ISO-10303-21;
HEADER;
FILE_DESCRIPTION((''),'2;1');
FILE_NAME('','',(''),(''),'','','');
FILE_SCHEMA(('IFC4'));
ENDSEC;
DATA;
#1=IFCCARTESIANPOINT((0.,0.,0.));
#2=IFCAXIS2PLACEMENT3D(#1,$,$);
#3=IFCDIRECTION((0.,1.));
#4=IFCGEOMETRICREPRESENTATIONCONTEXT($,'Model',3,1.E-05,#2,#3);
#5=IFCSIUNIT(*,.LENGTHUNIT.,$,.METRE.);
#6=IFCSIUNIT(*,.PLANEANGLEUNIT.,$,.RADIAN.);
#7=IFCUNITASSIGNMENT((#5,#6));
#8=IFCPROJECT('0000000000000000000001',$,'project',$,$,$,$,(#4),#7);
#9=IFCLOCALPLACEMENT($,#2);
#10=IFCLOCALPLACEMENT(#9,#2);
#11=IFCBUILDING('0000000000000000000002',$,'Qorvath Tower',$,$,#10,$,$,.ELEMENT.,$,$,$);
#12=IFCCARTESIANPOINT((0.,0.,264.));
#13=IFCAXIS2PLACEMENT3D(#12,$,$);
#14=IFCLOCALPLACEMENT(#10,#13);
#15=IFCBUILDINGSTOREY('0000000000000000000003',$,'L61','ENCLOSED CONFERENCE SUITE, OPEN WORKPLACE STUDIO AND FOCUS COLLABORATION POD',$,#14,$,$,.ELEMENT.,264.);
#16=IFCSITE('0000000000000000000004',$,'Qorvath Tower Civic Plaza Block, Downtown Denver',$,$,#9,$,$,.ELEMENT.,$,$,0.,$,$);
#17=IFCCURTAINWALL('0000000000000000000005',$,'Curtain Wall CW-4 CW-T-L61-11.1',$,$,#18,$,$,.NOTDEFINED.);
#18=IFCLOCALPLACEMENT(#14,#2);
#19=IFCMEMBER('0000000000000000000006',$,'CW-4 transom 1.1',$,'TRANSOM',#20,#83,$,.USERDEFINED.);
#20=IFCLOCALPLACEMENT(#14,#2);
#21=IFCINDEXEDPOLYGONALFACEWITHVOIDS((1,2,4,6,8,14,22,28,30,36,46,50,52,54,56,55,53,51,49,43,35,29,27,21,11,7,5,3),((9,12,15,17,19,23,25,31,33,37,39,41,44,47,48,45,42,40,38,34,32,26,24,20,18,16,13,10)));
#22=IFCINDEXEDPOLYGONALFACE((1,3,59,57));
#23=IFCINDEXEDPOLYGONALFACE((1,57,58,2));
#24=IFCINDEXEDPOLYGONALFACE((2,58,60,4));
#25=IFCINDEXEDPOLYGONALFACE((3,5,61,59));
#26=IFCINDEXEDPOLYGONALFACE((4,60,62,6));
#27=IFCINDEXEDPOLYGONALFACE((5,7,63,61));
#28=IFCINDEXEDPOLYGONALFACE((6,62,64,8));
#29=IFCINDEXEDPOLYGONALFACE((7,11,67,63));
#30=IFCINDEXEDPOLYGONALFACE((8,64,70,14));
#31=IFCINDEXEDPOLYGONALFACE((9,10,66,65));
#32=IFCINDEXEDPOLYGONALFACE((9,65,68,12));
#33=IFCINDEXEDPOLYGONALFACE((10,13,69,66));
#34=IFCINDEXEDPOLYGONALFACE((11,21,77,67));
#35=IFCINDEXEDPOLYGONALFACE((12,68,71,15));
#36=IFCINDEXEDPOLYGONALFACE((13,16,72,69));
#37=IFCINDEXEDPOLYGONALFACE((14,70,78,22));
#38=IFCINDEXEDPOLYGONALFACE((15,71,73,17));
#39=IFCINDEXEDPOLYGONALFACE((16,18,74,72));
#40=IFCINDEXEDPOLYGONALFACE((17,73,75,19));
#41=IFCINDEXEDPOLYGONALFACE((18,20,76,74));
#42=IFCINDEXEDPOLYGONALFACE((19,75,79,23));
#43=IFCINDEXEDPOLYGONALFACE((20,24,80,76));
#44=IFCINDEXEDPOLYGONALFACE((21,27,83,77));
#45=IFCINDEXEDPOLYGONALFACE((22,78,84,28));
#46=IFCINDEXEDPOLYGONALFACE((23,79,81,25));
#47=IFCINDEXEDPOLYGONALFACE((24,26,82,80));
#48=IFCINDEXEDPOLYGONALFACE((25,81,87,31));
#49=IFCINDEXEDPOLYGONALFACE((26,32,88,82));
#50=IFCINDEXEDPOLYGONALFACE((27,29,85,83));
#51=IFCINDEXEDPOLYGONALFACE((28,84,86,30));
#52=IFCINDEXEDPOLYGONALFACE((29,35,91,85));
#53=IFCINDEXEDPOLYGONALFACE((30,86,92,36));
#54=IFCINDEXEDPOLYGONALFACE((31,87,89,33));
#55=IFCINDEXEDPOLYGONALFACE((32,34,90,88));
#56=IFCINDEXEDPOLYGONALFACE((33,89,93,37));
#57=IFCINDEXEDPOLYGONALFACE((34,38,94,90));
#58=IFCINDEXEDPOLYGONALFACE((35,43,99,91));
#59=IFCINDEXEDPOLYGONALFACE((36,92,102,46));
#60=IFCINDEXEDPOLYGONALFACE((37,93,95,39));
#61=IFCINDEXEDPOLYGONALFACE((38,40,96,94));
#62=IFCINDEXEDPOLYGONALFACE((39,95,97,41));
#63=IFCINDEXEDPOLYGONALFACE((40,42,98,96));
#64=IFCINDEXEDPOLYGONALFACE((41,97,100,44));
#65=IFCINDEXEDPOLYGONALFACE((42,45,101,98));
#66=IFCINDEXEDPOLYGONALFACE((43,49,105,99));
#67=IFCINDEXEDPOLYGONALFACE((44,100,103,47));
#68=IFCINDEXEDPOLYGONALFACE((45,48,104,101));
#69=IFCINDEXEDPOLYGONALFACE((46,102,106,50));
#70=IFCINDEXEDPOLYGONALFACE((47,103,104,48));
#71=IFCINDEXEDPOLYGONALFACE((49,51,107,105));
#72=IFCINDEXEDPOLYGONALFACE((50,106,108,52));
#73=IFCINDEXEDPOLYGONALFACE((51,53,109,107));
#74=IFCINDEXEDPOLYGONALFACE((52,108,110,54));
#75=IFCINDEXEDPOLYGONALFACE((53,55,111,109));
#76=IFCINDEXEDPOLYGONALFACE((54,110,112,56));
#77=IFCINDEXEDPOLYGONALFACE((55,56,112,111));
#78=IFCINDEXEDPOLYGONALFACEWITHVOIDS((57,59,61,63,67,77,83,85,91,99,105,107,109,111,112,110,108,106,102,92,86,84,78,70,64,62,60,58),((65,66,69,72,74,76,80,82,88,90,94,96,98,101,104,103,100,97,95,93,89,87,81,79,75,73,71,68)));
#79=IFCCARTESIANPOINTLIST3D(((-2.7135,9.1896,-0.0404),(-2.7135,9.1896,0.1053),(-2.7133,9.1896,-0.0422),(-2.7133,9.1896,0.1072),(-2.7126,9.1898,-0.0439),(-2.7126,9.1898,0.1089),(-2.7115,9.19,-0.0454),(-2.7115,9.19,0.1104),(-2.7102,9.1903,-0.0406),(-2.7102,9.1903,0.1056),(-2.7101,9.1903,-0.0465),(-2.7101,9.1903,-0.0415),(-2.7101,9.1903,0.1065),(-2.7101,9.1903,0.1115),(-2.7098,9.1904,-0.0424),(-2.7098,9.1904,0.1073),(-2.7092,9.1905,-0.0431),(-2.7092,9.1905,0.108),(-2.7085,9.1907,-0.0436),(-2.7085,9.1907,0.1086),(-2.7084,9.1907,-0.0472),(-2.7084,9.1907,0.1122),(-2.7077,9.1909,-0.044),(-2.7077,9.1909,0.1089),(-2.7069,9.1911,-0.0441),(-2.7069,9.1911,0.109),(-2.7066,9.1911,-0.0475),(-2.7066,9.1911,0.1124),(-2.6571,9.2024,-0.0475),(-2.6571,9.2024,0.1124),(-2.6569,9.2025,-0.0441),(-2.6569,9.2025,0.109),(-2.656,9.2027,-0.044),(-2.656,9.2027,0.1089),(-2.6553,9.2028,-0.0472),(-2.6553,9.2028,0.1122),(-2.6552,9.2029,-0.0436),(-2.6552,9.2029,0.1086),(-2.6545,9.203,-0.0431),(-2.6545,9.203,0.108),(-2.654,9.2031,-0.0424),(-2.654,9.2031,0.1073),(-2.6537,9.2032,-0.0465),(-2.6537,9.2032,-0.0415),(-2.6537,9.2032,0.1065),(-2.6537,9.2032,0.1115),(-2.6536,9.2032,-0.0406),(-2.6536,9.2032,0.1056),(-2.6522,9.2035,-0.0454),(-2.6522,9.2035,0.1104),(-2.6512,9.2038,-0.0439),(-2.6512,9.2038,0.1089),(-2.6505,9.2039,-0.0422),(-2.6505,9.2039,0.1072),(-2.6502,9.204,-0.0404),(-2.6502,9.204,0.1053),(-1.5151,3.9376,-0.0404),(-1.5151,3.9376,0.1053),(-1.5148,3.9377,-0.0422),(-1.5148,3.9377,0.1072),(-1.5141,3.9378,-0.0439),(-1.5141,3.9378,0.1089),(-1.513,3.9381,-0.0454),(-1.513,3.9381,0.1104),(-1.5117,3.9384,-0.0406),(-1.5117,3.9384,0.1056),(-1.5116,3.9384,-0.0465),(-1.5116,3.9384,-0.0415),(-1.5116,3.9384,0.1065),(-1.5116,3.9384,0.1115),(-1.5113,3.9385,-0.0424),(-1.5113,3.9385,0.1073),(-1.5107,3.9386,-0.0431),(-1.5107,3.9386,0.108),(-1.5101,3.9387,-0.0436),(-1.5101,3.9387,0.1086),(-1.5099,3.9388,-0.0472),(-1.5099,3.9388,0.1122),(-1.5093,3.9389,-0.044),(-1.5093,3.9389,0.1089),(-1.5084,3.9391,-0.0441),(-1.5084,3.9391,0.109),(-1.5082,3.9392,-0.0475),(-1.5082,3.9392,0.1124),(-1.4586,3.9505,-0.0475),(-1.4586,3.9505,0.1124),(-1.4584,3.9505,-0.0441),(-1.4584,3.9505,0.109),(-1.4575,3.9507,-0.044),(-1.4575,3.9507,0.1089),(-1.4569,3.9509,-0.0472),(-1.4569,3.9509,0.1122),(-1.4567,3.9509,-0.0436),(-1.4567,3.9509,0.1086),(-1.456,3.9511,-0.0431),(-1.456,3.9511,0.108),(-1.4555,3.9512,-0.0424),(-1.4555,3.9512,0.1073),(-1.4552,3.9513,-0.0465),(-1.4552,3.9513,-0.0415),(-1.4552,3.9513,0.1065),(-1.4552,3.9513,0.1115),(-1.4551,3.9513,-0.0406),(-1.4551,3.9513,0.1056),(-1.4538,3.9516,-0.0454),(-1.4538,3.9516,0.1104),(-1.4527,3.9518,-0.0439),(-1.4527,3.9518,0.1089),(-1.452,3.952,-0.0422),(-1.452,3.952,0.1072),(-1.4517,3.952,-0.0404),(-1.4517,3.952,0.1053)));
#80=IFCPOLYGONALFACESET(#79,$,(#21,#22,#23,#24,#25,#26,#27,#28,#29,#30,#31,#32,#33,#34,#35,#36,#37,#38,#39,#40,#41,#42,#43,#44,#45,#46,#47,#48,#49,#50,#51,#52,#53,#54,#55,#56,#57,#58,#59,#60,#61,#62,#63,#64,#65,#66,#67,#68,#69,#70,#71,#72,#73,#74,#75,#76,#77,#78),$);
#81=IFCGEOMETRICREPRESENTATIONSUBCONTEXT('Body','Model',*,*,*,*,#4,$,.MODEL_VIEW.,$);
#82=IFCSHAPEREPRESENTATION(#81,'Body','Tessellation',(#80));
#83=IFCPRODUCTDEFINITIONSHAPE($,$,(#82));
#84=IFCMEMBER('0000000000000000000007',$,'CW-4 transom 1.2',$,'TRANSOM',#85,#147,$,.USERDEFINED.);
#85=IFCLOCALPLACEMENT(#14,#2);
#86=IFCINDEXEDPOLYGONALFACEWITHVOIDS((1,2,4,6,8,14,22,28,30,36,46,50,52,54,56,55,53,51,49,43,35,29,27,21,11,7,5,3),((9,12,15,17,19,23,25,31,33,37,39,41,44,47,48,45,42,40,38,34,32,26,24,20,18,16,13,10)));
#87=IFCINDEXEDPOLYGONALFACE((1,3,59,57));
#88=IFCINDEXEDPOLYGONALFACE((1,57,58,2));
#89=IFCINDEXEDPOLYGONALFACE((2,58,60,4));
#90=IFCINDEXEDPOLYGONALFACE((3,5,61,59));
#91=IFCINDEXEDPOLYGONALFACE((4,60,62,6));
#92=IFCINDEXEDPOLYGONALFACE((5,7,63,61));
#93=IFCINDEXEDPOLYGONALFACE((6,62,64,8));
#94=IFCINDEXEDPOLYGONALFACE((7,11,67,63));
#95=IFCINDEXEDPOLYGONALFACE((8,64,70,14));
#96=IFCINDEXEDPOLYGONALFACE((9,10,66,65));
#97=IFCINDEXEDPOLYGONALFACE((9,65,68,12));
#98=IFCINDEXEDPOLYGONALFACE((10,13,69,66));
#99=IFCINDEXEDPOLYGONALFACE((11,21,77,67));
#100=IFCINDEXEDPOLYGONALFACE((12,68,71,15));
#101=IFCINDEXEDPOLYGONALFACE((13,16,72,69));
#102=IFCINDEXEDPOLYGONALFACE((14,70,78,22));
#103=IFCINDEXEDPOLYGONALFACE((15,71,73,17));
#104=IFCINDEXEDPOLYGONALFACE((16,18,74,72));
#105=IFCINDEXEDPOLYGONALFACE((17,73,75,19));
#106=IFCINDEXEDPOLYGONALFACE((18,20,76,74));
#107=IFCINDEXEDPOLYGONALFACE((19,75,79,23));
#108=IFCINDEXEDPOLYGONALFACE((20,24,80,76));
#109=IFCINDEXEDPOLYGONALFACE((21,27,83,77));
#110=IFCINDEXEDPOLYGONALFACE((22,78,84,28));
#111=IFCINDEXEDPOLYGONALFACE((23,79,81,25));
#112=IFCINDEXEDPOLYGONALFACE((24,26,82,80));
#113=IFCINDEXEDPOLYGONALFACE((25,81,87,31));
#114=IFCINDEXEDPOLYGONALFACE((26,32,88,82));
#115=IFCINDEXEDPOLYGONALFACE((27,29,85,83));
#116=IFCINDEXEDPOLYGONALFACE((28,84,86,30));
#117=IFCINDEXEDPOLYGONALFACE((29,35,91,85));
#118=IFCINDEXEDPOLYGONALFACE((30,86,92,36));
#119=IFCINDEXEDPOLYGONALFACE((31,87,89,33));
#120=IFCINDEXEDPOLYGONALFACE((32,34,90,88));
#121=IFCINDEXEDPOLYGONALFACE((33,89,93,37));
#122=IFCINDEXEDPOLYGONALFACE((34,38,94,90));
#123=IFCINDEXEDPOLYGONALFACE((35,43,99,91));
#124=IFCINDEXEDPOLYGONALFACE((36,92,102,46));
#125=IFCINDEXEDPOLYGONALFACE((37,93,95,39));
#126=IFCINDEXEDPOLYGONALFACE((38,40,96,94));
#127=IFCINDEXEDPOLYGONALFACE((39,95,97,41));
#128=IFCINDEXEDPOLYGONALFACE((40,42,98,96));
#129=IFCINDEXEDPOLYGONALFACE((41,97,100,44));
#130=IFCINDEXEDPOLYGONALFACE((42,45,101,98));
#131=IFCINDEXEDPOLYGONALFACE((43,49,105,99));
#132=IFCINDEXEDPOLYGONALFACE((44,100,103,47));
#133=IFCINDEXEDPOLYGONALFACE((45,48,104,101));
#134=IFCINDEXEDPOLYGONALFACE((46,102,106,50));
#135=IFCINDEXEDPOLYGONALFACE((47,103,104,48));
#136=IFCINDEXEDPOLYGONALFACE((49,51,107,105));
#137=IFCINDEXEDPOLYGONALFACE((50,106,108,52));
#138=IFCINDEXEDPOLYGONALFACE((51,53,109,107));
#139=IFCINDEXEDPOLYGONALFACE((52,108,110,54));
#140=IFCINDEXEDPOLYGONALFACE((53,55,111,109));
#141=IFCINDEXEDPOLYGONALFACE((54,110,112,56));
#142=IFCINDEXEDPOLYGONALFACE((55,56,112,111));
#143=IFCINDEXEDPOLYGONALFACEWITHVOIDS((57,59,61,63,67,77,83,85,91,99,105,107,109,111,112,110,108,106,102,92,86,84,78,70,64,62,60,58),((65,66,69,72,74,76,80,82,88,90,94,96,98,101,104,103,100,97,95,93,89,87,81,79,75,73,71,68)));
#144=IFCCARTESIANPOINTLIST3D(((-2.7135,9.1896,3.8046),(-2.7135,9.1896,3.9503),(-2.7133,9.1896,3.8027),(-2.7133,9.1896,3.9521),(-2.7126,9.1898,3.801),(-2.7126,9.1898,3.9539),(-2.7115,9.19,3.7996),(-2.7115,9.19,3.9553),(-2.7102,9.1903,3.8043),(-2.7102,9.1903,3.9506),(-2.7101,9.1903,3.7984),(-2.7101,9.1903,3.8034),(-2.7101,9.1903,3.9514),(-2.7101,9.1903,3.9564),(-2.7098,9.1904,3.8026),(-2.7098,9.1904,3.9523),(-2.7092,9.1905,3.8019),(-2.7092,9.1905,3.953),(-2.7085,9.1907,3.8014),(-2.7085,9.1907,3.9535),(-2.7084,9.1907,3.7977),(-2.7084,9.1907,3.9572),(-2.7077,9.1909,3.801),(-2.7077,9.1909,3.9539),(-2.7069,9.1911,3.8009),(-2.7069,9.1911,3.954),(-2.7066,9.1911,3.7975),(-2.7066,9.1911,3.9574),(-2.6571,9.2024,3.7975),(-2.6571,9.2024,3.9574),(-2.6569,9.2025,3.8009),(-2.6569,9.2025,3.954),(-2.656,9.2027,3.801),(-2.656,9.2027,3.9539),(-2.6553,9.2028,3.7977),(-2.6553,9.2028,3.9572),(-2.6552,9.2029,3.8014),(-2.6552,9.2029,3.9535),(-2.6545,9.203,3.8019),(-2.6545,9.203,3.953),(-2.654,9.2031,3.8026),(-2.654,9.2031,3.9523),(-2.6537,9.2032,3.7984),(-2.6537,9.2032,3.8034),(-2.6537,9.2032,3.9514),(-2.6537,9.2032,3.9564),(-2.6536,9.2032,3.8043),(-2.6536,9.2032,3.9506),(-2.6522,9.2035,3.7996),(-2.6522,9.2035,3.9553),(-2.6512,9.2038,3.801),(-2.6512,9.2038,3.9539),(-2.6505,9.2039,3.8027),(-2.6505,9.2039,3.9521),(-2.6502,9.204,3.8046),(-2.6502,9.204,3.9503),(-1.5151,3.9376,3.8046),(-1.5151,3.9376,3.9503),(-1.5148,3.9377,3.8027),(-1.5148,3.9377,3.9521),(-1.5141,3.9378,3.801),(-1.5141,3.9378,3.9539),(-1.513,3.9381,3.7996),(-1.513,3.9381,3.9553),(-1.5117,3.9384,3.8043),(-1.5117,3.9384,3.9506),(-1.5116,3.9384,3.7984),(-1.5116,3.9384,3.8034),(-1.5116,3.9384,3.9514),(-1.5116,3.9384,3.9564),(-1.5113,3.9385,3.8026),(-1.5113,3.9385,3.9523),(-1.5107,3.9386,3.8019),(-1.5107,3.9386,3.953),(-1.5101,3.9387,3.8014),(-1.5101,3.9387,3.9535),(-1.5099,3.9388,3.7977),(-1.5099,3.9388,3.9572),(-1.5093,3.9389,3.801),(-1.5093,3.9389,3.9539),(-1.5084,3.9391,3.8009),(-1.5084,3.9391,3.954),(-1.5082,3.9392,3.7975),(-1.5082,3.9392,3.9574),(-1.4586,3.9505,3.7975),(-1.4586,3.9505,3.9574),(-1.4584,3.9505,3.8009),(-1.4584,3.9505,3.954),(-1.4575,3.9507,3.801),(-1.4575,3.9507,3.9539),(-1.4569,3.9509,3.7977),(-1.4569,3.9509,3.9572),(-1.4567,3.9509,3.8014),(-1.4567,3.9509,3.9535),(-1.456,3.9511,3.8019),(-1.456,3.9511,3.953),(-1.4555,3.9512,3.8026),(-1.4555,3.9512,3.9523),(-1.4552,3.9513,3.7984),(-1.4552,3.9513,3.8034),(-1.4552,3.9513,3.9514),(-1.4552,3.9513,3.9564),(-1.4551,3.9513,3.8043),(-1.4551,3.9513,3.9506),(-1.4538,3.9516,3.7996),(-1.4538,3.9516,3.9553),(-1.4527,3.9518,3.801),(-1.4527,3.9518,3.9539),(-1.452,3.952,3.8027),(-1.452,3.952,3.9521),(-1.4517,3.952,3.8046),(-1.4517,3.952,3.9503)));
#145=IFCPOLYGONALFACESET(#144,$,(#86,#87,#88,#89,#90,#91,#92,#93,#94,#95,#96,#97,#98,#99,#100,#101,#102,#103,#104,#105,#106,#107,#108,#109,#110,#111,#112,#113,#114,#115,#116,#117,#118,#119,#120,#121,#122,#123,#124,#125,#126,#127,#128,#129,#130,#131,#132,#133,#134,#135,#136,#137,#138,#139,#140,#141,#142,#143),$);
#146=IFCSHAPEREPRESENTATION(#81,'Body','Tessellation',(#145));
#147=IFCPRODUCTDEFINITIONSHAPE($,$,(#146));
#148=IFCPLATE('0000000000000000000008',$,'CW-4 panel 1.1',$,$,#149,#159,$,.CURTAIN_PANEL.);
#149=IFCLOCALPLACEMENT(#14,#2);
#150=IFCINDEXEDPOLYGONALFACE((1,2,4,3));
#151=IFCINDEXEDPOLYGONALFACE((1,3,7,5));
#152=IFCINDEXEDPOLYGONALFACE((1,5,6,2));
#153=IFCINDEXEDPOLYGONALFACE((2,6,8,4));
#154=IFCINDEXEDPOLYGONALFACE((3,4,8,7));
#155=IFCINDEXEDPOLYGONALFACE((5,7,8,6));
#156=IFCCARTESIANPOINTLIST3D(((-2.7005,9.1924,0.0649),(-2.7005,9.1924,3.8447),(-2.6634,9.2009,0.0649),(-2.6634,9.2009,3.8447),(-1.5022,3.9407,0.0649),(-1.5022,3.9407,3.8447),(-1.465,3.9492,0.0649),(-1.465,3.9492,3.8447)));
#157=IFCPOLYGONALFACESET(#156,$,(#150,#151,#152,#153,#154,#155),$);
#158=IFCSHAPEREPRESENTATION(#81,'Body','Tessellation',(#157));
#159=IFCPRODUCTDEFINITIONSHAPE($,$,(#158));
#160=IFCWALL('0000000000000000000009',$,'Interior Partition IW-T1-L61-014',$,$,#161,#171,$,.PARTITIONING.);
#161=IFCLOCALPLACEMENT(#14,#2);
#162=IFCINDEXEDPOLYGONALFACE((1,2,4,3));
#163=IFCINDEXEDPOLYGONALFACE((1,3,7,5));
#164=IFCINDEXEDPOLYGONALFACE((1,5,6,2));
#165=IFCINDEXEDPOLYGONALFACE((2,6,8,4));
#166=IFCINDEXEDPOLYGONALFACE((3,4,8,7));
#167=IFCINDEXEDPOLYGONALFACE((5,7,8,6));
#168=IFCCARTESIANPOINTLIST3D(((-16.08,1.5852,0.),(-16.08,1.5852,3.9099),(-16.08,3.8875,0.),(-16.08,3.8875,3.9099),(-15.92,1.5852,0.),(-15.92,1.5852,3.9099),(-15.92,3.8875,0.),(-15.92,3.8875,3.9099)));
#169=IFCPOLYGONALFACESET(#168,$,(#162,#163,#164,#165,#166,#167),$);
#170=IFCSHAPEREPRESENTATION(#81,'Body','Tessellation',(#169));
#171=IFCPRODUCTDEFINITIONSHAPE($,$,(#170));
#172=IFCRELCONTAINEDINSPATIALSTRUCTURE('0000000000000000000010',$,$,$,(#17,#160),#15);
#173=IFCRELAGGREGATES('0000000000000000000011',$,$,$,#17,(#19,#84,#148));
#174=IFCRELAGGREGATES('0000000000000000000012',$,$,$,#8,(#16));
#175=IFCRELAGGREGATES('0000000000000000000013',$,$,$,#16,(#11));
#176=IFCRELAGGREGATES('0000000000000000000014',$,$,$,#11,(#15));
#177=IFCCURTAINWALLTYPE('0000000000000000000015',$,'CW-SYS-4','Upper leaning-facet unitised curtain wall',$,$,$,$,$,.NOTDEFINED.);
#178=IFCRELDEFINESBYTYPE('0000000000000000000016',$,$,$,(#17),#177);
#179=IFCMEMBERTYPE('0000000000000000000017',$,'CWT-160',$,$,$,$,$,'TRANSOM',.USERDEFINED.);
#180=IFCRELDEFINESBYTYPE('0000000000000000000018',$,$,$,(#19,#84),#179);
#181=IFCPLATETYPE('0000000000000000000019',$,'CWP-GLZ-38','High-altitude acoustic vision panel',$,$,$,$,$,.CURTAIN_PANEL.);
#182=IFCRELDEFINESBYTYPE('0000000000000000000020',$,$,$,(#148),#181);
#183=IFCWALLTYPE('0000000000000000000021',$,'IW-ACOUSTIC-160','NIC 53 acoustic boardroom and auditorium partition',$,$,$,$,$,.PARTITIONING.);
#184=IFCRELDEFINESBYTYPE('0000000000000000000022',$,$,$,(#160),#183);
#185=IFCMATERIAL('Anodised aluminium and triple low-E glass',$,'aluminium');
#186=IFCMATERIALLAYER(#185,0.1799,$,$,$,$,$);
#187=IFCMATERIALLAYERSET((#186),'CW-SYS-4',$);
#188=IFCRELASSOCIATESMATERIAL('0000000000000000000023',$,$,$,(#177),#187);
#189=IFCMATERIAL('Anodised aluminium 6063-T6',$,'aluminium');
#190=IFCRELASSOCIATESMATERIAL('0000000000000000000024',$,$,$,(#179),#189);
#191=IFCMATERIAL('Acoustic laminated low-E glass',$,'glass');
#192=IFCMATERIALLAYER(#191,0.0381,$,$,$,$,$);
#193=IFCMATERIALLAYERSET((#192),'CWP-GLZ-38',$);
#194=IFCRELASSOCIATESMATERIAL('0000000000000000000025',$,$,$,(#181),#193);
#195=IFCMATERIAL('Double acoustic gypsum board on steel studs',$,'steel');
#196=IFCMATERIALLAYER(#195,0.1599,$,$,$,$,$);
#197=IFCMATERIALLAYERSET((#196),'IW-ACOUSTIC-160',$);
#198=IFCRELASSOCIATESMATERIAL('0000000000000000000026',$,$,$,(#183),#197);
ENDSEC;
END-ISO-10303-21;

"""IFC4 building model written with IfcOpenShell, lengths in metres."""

from ifc_helpers import new_model, si_unit, direction, frame, frame_2d, origin, origin_2d, place, context, subcontext, project, spatial, rectangle, hollow_rectangle, extrude, material, layer, layer_set, material_profile, profile_set, type_object, element, aggregate, save


model = new_model("IFC4")

# Units and contexts
model_context = context("Model", 3, precision=1e-05, world=origin(), true_north=direction((0.0, 1.0)))
body_context = subcontext(model_context, "Body", "Model", "MODEL_VIEW")
ifc_project = project(units=[si_unit("LENGTHUNIT", "METRE"), si_unit("PLANEANGLEUNIT", "RADIAN")], contexts=[model_context])

# Site, building, storey
site_placement = place(None, origin())
site = spatial("IfcSite", under=ifc_project, at=site_placement, Name="Qorvath Tower Civic Plaza Block, Downtown Denver", CompositionType="ELEMENT", RefElevation=0.0)
building_placement = place(site_placement, origin())
building = spatial("IfcBuilding", under=site, at=building_placement, Name="Qorvath Tower", CompositionType="ELEMENT")
storey_placement = place(building_placement, frame((0.0, 0.0, 264.0)))
storey = spatial("IfcBuildingStorey", under=building, at=storey_placement, Name="L61", Description="ENCLOSED CONFERENCE SUITE, OPEN WORKPLACE STUDIO AND FOCUS COLLABORATION POD", CompositionType="ELEMENT", Elevation=264.0)

# Shared definitions
ifc_material_1 = material(Name="Anodised aluminium and triple low-E glass", Category="aluminium")
ifc_layer_1 = layer(ifc_material_1, 0.1799)
ifc_layer_set_1 = layer_set([ifc_layer_1], Name="CW-SYS-4")
curtain_wall_type = type_object("IfcCurtainWallType", Name="CW-SYS-4", Description="Upper leaning-facet unitised curtain wall", PredefinedType="NOTDEFINED", material=ifc_layer_set_1)

# Curtain wall, members, plate
curtain_wall_1_placement = place(storey_placement, origin())
curtain_wall_1 = element("IfcCurtainWall", 1, at=curtain_wall_1_placement, inside=storey, type_object=curtain_wall_type, Name="Curtain Wall CW-4 CW-T-L61-11.1", PredefinedType="NOTDEFINED")
ifc_material_2 = material(Name="Anodised aluminium 6063-T6", Category="aluminium")
ifc_material_profile_1 = material_profile(ifc_material_2, hollow_rectangle(XDim=0.0649, YDim=0.1599, WallThickness=0.0034, InnerFilletRadius=0.0034, OuterFilletRadius=0.0071, at=origin_2d()), Name="CWT 160x65")
ifc_profile_set_1 = profile_set([ifc_material_profile_1], Name="Anodised aluminium 6063-T6")
member_type_1 = type_object("IfcMemberType", Name="CWT-160", ElementType="TRANSOM", PredefinedType="USERDEFINED", material=ifc_profile_set_1)
member_1_placement = place(storey_placement, frame((-1.4834, 3.9448, 0.0325), z_axis=(-0.222479, 0.974937, 0.0), x_axis=(-0.974937, -0.222479, 0.0)))
member_1 = element("IfcMember", 2, at=member_1_placement, type_object=member_type_1, Name="CW-4 transom 1.1", ObjectType="TRANSOM", PredefinedType="USERDEFINED", context=body_context, shape_type="SweptSolid", body=[
    extrude(hollow_rectangle(XDim=0.0649, YDim=0.1599, WallThickness=0.0034, InnerFilletRadius=0.0034, OuterFilletRadius=0.0071, at=origin_2d()), origin(), (0.0, 0.0, 1.0), 5.387),
])
member_2_placement = place(storey_placement, frame((-1.4834, 3.9448, 3.8774), z_axis=(-0.222479, 0.974937, 0.0), x_axis=(-0.974937, -0.222479, 0.0)))
member_2 = element("IfcMember", 3, at=member_2_placement, type_object=member_type_1, Name="CW-4 transom 1.2", ObjectType="TRANSOM", PredefinedType="USERDEFINED", context=body_context, shape_type="SweptSolid", body=[
    extrude(hollow_rectangle(XDim=0.0649, YDim=0.1599, WallThickness=0.0034, InnerFilletRadius=0.0034, OuterFilletRadius=0.0071, at=origin_2d()), origin(), (0.0, 0.0, 1.0), 5.387),
])
ifc_material_3 = material(Name="Acoustic laminated low-E glass", Category="glass")
ifc_layer_2 = layer(ifc_material_3, 0.0381)
ifc_layer_set_2 = layer_set([ifc_layer_2], Name="CWP-GLZ-38")
plate_type = type_object("IfcPlateType", Name="CWP-GLZ-38", Description="High-altitude acoustic vision panel", PredefinedType="CURTAIN_PANEL", material=ifc_layer_set_2)
plate_placement = place(storey_placement, frame((-2.0828, 6.5708, 0.0649), z_axis=(0.0, 0.0, 1.0), x_axis=(-0.222459, 0.974942, 0.0)))
plate = element("IfcPlate", 4, at=plate_placement, type_object=plate_type, Name="CW-4 panel 1.1", PredefinedType="CURTAIN_PANEL", context=body_context, shape_type="SweptSolid", body=[
    extrude(rectangle(XDim=5.3867, YDim=0.0381, at=origin_2d()), origin(), (0.0, 0.0, 1.0), 3.7798),
])
aggregate(curtain_wall_1, [member_1, member_2, plate])

# Wall
ifc_material_4 = material(Name="Double acoustic gypsum board on steel studs", Category="steel")
ifc_layer_3 = layer(ifc_material_4, 0.1599)
ifc_layer_set_3 = layer_set([ifc_layer_3], Name="IW-ACOUSTIC-160")
wall_type_1 = type_object("IfcWallType", Name="IW-ACOUSTIC-160", Description="NIC 53 acoustic boardroom and auditorium partition", PredefinedType="PARTITIONING", material=ifc_layer_set_3)
wall_1_placement = place(storey_placement, frame((-16.0, 1.5852, 0.0), z_axis=(0.0, 0.0, 1.0), x_axis=(0.0, 1.0, 0.0)))
element("IfcWall", 5, at=wall_1_placement, inside=storey, type_object=wall_type_1, Name="Interior Partition IW-T1-L61-014", PredefinedType="PARTITIONING", context=body_context, shape_type="SweptSolid", body=[
    extrude(rectangle(XDim=2.3022, YDim=0.1599, at=frame_2d((1.1511, 0.0))), origin(), (0.0, 0.0, 1.0), 3.9099),
])

save(model, "model.ifc")
